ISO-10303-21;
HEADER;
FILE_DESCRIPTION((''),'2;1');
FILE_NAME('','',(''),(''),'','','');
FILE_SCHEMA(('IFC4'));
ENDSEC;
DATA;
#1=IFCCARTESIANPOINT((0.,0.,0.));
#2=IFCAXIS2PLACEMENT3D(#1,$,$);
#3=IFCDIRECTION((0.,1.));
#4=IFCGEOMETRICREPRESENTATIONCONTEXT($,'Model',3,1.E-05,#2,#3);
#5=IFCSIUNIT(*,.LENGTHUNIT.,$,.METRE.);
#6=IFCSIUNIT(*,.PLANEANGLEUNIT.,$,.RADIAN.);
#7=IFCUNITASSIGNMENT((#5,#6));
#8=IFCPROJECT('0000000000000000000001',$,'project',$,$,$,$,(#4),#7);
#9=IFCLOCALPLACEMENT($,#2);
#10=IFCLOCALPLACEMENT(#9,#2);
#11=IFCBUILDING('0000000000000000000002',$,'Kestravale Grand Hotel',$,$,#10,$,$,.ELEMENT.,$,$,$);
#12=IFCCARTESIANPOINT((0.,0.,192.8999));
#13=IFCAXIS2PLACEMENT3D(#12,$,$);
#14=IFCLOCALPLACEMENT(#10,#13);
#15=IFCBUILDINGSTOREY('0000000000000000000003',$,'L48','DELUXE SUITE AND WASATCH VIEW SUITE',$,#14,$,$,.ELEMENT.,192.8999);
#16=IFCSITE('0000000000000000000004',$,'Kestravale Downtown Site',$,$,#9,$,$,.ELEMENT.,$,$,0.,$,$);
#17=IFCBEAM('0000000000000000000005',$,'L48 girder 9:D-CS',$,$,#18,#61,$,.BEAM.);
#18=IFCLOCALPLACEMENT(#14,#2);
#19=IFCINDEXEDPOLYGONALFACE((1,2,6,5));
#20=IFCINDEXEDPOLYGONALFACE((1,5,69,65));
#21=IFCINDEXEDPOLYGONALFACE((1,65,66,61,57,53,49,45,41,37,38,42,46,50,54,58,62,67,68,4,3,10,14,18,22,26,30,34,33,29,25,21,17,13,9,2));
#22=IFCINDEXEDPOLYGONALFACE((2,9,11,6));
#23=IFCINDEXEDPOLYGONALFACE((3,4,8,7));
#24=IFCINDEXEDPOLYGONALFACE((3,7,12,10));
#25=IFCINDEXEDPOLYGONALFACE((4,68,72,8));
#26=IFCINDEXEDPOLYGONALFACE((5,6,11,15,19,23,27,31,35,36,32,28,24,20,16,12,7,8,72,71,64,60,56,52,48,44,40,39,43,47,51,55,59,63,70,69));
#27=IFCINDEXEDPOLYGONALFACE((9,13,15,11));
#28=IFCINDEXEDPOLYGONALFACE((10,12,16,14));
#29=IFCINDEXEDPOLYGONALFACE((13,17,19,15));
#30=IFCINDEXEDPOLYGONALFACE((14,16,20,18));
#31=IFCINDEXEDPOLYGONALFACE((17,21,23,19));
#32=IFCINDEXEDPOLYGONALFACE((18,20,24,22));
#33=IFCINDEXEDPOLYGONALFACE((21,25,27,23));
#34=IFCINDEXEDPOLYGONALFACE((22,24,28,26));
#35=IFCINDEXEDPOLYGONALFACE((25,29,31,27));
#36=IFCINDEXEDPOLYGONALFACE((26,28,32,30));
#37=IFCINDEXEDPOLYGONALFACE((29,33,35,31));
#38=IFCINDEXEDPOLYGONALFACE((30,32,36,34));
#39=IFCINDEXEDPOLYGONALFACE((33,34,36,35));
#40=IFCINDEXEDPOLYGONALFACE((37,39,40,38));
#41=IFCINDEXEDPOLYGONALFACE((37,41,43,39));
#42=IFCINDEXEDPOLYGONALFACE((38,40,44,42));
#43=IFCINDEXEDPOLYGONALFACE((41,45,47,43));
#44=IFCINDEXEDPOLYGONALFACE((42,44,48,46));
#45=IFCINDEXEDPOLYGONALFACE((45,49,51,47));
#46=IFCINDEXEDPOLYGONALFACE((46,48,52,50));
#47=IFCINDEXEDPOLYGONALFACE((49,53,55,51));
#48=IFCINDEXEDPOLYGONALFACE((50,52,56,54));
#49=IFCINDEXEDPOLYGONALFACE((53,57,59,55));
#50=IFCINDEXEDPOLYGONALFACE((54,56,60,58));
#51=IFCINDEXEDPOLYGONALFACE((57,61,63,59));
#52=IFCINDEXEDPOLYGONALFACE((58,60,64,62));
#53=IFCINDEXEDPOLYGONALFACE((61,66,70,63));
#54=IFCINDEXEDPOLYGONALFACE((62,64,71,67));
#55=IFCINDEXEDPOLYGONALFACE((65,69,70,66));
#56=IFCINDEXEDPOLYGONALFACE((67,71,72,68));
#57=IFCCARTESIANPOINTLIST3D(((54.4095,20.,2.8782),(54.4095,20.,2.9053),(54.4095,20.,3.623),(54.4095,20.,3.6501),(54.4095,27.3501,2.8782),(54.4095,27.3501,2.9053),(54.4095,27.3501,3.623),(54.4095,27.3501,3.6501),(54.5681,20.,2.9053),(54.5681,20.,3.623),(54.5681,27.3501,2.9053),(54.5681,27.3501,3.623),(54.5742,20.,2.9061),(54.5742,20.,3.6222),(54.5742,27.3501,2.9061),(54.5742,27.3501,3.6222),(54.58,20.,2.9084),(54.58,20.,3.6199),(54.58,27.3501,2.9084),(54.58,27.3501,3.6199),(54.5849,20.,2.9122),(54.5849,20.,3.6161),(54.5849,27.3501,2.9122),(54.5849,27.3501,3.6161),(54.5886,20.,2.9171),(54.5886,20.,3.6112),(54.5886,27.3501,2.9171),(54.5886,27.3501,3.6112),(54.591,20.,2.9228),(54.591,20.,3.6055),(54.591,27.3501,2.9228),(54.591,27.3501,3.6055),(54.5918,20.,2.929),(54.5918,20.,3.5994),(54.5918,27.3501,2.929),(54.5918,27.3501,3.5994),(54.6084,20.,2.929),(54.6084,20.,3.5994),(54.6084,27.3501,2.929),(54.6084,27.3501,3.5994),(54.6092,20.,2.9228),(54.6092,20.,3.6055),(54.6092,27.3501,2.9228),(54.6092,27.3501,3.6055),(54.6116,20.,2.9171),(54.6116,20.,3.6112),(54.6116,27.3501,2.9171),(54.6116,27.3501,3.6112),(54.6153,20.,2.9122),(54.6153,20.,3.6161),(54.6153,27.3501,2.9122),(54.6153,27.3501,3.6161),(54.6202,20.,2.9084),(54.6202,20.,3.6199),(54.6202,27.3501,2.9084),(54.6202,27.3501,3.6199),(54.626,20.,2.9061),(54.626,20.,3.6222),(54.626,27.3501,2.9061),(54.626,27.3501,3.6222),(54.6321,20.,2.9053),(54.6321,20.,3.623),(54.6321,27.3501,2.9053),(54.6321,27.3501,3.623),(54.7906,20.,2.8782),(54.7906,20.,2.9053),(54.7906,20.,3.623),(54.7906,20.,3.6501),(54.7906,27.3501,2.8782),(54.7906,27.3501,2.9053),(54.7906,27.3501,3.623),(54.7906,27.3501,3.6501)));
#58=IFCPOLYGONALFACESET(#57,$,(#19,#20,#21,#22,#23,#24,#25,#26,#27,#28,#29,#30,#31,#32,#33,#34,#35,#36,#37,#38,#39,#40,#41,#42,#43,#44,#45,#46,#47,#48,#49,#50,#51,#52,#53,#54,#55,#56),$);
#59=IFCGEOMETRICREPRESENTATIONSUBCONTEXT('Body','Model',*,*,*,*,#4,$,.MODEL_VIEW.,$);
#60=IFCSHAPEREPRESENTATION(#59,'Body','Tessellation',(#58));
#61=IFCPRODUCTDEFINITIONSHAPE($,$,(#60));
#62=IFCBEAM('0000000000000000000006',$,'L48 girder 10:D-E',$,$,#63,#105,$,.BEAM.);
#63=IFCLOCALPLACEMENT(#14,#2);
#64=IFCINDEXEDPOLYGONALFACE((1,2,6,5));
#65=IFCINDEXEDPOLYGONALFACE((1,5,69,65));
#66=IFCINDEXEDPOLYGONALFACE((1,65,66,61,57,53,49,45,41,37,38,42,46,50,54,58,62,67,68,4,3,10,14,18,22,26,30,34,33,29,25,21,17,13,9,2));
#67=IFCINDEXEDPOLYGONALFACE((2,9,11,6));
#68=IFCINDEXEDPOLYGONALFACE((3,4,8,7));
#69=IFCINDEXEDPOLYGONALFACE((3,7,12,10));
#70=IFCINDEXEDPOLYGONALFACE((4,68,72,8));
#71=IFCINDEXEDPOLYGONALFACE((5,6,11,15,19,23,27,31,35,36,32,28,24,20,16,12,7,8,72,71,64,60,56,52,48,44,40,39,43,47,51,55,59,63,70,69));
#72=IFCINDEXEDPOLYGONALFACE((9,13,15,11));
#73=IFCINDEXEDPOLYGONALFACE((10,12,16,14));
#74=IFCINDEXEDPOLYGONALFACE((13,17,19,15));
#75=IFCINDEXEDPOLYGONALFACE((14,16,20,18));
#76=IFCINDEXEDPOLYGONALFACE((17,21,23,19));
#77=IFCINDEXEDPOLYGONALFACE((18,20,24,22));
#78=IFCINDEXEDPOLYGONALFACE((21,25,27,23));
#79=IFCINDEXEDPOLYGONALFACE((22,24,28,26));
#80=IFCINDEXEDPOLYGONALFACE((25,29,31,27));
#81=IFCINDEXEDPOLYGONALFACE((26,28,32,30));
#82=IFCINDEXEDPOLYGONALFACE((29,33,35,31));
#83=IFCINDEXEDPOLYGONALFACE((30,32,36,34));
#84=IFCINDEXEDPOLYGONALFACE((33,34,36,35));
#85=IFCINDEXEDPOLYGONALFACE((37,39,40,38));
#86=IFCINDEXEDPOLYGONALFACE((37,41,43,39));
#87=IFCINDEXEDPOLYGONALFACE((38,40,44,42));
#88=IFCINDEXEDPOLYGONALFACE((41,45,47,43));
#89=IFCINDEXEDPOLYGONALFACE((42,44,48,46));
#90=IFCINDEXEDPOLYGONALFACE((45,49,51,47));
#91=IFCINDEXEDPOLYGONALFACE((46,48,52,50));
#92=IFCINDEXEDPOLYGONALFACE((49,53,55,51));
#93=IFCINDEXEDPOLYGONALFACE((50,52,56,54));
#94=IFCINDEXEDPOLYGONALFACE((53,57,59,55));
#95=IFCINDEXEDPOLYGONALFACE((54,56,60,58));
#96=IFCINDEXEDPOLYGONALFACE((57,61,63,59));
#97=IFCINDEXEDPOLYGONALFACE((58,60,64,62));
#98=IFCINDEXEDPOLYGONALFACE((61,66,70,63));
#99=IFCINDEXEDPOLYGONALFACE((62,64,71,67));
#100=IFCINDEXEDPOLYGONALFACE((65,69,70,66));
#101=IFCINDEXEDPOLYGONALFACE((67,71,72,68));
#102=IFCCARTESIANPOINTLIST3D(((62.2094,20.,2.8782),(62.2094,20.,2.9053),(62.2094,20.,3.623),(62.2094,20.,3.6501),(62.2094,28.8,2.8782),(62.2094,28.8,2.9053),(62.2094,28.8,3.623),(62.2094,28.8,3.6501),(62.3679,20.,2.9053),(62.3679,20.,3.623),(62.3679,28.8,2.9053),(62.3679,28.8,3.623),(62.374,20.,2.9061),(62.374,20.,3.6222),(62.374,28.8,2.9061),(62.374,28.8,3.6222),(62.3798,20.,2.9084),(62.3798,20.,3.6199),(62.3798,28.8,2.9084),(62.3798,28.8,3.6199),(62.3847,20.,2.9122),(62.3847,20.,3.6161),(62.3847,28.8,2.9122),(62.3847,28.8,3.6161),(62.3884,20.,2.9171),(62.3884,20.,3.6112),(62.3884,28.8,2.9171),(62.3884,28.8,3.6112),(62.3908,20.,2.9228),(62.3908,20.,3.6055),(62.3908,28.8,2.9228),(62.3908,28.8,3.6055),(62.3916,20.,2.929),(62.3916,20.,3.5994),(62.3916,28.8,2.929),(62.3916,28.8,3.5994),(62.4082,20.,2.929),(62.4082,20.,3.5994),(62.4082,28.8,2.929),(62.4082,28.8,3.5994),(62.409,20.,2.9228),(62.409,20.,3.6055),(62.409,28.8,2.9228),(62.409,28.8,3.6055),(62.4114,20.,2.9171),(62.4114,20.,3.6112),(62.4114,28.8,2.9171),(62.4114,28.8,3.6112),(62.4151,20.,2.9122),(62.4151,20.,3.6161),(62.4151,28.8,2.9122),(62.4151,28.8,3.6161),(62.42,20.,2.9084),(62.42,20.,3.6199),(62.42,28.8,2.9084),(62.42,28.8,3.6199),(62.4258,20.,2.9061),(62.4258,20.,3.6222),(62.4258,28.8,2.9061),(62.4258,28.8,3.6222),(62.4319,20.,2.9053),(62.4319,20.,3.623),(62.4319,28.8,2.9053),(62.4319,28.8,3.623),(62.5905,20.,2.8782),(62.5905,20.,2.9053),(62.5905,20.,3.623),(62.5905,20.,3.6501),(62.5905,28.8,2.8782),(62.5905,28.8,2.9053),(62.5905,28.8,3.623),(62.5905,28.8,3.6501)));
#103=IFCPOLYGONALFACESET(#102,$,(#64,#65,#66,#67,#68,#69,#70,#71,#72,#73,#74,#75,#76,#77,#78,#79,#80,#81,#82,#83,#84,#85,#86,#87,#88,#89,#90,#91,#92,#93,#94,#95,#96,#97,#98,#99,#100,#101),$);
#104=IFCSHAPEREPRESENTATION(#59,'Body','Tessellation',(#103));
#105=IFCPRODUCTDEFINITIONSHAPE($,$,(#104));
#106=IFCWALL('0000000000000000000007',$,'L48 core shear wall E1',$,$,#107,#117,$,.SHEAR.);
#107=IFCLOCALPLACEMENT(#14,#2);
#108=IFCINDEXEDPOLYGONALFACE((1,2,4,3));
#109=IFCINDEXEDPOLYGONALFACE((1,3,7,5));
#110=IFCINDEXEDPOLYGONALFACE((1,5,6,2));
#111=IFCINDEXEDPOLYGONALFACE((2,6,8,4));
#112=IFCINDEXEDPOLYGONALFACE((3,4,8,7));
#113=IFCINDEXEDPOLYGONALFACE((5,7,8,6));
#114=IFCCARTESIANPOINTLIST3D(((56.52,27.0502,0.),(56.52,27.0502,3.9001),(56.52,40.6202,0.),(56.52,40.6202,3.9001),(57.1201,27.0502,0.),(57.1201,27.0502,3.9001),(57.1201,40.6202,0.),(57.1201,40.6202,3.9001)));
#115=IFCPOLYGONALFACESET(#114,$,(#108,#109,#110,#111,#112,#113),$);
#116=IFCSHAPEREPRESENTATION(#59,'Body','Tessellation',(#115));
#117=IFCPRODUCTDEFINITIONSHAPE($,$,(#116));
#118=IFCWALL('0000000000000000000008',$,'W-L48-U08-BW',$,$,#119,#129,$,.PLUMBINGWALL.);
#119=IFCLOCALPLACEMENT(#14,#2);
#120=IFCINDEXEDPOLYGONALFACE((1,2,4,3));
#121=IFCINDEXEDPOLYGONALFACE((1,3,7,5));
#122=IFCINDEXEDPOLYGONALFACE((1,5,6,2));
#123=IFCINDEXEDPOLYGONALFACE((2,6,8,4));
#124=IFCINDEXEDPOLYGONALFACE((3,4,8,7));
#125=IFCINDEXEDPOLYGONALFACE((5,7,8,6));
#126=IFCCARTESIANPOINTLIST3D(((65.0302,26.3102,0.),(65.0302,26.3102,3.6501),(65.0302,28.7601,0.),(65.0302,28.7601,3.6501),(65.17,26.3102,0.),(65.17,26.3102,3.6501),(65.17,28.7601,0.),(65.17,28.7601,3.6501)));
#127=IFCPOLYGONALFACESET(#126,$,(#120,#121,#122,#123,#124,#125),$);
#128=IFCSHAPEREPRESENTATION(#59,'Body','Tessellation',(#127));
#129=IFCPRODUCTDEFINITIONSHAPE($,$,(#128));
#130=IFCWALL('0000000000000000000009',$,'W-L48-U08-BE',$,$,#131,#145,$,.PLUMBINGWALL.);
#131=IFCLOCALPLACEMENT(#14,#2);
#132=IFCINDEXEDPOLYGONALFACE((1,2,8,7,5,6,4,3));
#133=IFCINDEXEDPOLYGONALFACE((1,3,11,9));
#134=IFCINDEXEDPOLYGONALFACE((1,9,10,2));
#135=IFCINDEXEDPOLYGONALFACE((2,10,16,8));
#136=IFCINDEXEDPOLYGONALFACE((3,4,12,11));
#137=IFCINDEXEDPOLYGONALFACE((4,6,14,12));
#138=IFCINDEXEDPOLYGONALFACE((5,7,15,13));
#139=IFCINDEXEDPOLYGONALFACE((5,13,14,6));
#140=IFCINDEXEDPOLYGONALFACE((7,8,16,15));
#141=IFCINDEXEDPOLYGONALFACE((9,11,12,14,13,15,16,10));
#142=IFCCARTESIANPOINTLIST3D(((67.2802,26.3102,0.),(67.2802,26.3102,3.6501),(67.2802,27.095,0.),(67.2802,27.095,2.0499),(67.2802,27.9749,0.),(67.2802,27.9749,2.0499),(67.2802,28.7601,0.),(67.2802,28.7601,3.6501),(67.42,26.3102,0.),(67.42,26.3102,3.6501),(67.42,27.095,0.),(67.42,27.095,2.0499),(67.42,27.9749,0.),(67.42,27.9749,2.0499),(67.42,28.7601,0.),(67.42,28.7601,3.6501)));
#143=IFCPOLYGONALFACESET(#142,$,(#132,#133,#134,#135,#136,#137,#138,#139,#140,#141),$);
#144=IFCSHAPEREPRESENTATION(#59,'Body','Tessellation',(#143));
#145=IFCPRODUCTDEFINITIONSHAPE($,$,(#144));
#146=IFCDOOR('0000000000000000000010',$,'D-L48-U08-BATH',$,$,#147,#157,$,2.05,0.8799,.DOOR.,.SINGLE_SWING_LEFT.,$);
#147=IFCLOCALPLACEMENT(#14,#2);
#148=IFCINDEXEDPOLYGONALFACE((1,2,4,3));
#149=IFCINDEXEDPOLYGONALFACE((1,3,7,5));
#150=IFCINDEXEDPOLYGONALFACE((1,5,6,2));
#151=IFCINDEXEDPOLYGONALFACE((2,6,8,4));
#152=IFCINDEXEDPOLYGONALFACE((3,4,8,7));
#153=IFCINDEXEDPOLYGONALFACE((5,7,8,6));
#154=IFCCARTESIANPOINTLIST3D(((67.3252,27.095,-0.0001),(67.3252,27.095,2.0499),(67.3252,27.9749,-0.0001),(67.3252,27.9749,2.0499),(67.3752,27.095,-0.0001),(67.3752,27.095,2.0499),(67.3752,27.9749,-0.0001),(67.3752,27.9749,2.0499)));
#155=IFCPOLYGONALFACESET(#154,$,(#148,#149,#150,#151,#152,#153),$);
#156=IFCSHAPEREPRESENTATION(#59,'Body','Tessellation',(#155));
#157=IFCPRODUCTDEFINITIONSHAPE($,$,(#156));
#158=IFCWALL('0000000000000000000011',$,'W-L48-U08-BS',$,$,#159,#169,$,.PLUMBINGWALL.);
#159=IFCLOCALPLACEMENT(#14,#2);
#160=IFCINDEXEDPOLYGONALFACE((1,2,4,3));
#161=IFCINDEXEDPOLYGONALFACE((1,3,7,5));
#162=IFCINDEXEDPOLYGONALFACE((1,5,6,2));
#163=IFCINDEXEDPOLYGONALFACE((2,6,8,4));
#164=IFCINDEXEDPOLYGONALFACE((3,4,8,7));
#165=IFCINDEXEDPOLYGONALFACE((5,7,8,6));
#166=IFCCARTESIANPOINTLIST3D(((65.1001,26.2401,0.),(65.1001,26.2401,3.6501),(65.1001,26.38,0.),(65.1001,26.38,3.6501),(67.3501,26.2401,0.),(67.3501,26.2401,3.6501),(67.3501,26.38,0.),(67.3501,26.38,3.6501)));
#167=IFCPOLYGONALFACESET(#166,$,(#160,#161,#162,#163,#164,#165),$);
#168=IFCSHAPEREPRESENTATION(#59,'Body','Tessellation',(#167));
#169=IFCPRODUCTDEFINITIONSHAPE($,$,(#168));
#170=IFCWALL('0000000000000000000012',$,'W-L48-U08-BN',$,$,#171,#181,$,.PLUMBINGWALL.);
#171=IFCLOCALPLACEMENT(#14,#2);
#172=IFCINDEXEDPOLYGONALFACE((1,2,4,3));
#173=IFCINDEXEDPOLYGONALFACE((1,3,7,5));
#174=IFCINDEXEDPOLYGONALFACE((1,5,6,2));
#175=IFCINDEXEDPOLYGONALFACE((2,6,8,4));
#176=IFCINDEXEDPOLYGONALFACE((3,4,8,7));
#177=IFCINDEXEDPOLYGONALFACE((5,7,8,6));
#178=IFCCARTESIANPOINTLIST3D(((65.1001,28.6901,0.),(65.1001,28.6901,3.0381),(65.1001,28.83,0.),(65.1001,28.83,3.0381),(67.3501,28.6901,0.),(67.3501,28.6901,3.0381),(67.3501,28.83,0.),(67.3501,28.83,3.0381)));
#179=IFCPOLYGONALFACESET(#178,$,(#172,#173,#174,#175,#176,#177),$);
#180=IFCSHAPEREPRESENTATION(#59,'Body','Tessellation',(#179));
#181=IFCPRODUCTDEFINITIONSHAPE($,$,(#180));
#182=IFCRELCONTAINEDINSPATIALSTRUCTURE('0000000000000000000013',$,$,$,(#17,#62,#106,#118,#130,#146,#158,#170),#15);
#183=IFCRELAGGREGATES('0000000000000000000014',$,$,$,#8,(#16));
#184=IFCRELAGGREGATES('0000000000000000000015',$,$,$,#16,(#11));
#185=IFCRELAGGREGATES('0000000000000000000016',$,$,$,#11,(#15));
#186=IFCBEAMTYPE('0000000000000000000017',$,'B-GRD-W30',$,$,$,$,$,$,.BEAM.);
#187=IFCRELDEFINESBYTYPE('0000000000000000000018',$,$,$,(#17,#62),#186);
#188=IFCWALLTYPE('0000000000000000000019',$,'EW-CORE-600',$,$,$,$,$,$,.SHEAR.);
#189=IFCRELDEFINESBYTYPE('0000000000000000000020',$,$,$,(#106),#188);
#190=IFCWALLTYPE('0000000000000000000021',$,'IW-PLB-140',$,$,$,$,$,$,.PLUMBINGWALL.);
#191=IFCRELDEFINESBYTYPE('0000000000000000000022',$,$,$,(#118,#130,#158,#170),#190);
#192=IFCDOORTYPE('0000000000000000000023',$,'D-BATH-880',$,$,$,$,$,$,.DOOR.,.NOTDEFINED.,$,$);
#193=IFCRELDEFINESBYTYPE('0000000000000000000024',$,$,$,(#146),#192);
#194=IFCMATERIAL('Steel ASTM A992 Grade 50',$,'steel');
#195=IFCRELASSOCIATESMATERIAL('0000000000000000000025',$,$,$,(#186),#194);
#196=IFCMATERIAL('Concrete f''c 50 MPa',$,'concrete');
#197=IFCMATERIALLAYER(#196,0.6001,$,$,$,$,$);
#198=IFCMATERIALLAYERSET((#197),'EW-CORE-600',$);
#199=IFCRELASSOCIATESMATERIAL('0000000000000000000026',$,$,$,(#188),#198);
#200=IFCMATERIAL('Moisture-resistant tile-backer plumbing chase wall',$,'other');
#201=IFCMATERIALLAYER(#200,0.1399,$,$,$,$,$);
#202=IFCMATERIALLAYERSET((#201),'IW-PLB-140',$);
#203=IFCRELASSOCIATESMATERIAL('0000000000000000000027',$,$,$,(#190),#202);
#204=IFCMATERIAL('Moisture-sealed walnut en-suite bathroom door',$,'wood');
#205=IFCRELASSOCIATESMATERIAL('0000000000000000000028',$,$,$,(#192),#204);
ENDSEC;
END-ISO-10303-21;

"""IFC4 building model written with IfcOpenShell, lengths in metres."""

from ifc_helpers import new_model, si_unit, direction, frame, frame_2d, origin, origin_2d, place, context, subcontext, project, spatial, rectangle, i_section, extrude, material, layer, layer_set, material_profile, profile_set, type_object, element, fill, save


model = new_model("IFC4")

# Units and contexts
model_context = context("Model", 3, precision=1e-05, world=origin(), true_north=direction((0.0, 1.0)))
body_context = subcontext(model_context, "Body", "Model", "MODEL_VIEW")
ifc_project = project(units=[si_unit("LENGTHUNIT", "METRE"), si_unit("PLANEANGLEUNIT", "RADIAN")], contexts=[model_context])

# Site, building, storey
site_placement = place(None, origin())
site = spatial("IfcSite", under=ifc_project, at=site_placement, Name="Kestravale Downtown Site", CompositionType="ELEMENT", RefElevation=0.0)
building_placement = place(site_placement, origin())
building = spatial("IfcBuilding", under=site, at=building_placement, Name="Kestravale Grand Hotel", CompositionType="ELEMENT")
storey_placement = place(building_placement, frame((0.0, 0.0, 192.8999)))
storey = spatial("IfcBuildingStorey", under=building, at=storey_placement, Name="L48", Description="DELUXE SUITE AND WASATCH VIEW SUITE", CompositionType="ELEMENT", Elevation=192.8999)

# Beams
ifc_material_1 = material(Name="Steel ASTM A992 Grade 50", Category="steel")
ifc_material_profile_1 = material_profile(ifc_material_1, i_section(OverallWidth=0.3811, OverallDepth=0.772, WebThickness=0.0166, FlangeThickness=0.0271, FilletRadius=0.0237, at=origin_2d()))
ifc_profile_set_1 = profile_set([ifc_material_profile_1], Name="Steel ASTM A992 Grade 50")
beam_type_1 = type_object("IfcBeamType", Name="B-GRD-W30", PredefinedType="BEAM", material=ifc_profile_set_1)
beam_1_placement = place(storey_placement, frame((54.6001, 20.0, 3.2642), z_axis=(0.0, 1.0, 0.0), x_axis=(-1.0, 0.0, 0.0)))
element("IfcBeam", 1, at=beam_1_placement, inside=storey, type_object=beam_type_1, Name="L48 girder 9:D-CS", PredefinedType="BEAM", context=body_context, shape_type="SweptSolid", body=[
    extrude(i_section(OverallWidth=0.3811, OverallDepth=0.772, WebThickness=0.0166, FlangeThickness=0.0271, FilletRadius=0.0237, at=origin_2d()), origin(), (0.0, 0.0, 1.0), 7.3501),
])
beam_2_placement = place(storey_placement, frame((62.3999, 20.0, 3.2642), z_axis=(0.0, 1.0, 0.0), x_axis=(-1.0, 0.0, 0.0)))
element("IfcBeam", 2, at=beam_2_placement, inside=storey, type_object=beam_type_1, Name="L48 girder 10:D-E", PredefinedType="BEAM", context=body_context, shape_type="SweptSolid", body=[
    extrude(i_section(OverallWidth=0.3811, OverallDepth=0.772, WebThickness=0.0166, FlangeThickness=0.0271, FilletRadius=0.0237, at=origin_2d()), origin(), (0.0, 0.0, 1.0), 8.8),
])

# Walls
ifc_material_2 = material(Name="Concrete f'c 50 MPa", Category="concrete")
ifc_layer_1 = layer(ifc_material_2, 0.6001)
ifc_layer_set_1 = layer_set([ifc_layer_1], Name="EW-CORE-600")
wall_type_1 = type_object("IfcWallType", Name="EW-CORE-600", PredefinedType="SHEAR", material=ifc_layer_set_1)
wall_1_placement = place(storey_placement, frame((56.8201, 27.05, 0.0), z_axis=(0.0, 0.0, 1.0), x_axis=(0.0, 1.0, 0.0)))
element("IfcWall", 3, at=wall_1_placement, inside=storey, type_object=wall_type_1, Name="L48 core shear wall E1", PredefinedType="SHEAR", context=body_context, shape_type="SweptSolid", body=[
    extrude(rectangle(XDim=13.5701, YDim=0.6001, at=frame_2d((6.7852, 0.0))), origin(), (0.0, 0.0, 1.0), 3.9001),
])
ifc_material_3 = material(Name="Moisture-resistant tile-backer plumbing chase wall", Category="other")
ifc_layer_2 = layer(ifc_material_3, 0.1399)
ifc_layer_set_2 = layer_set([ifc_layer_2], Name="IW-PLB-140")
wall_type_2 = type_object("IfcWallType", Name="IW-PLB-140", PredefinedType="PLUMBINGWALL", material=ifc_layer_set_2)
wall_2_placement = place(storey_placement, frame((65.1001, 26.3101, 0.0), z_axis=(0.0, 0.0, 1.0), x_axis=(0.0, 1.0, 0.0)))
element("IfcWall", 4, at=wall_2_placement, inside=storey, type_object=wall_type_2, Name="W-L48-U08-BW", PredefinedType="PLUMBINGWALL", context=body_context, shape_type="SweptSolid", body=[
    extrude(rectangle(XDim=2.45, YDim=0.1399, at=frame_2d((1.2251, 0.0))), origin(), (0.0, 0.0, 1.0), 3.6501),
])

# Wall, opening, door
wall_3_placement = place(storey_placement, frame((67.3501, 26.3101, 0.0), z_axis=(0.0, 0.0, 1.0), x_axis=(0.0, 1.0, 0.0)))
wall_3 = element("IfcWall", 5, at=wall_3_placement, inside=storey, type_object=wall_type_2, Name="W-L48-U08-BE", PredefinedType="PLUMBINGWALL", context=body_context, shape_type="SweptSolid", body=[
    extrude(rectangle(XDim=2.45, YDim=0.1399, at=frame_2d((1.2251, 0.0))), origin(), (0.0, 0.0, 1.0), 3.6501),
])
opening_placement = place(wall_3_placement, frame((0.7849, 0.0, 0.0)))
opening = element("IfcOpeningElement", 6, at=opening_placement, cuts=wall_3, PredefinedType="OPENING", context=body_context, shape_type="SweptSolid", body=[
    extrude(rectangle(XDim=0.8799, YDim=2.05, at=frame_2d((0.4399, 1.0249))), frame((0.0, 0.0798, 0.0), z_axis=(0.0, -1.0, 0.0), x_axis=(1.0, 0.0, 0.0)), (0.0, 0.0, 1.0), 0.1599),
])
ifc_material_4 = material(Name="Moisture-sealed walnut en-suite bathroom door", Category="wood")
door_type = type_object("IfcDoorType", Name="D-BATH-880", OperationType="NOTDEFINED", PredefinedType="DOOR", material=ifc_material_4)
door_placement = place(opening_placement, origin())
door = element("IfcDoor", 7, at=door_placement, inside=storey, type_object=door_type, Name="D-L48-U08-BATH", OperationType="SINGLE_SWING_LEFT", OverallHeight=2.05, OverallWidth=0.8799, PredefinedType="DOOR", context=body_context, shape_type="SweptSolid", body=[
    extrude(rectangle(XDim=0.8799, YDim=2.05, at=frame_2d((0.4399, 1.0249))), frame((0.0, 0.0249, 0.0), z_axis=(0.0, -1.0, 0.0), x_axis=(1.0, 0.0, 0.0)), (0.0, 0.0, 1.0), 0.05),
])
fill(opening, door)

# Walls
wall_4_placement = place(storey_placement, frame((65.1001, 26.3101, 0.0), z_axis=(0.0, 0.0, 1.0), x_axis=(1.0, 0.0, 0.0)))
element("IfcWall", 8, at=wall_4_placement, inside=storey, type_object=wall_type_2, Name="W-L48-U08-BS", PredefinedType="PLUMBINGWALL", context=body_context, shape_type="SweptSolid", body=[
    extrude(rectangle(XDim=2.25, YDim=0.1399, at=frame_2d((1.125, 0.0))), origin(), (0.0, 0.0, 1.0), 3.6501),
])
wall_5_placement = place(storey_placement, frame((65.1001, 28.76, 0.0), z_axis=(0.0, 0.0, 1.0), x_axis=(1.0, 0.0, 0.0)))
element("IfcWall", 9, at=wall_5_placement, inside=storey, type_object=wall_type_2, Name="W-L48-U08-BN", PredefinedType="PLUMBINGWALL", context=body_context, shape_type="SweptSolid", body=[
    extrude(rectangle(XDim=2.25, YDim=0.1399, at=frame_2d((1.125, 0.0))), origin(), (0.0, 0.0, 1.0), 3.0381),
])

save(model, "model.ifc")
